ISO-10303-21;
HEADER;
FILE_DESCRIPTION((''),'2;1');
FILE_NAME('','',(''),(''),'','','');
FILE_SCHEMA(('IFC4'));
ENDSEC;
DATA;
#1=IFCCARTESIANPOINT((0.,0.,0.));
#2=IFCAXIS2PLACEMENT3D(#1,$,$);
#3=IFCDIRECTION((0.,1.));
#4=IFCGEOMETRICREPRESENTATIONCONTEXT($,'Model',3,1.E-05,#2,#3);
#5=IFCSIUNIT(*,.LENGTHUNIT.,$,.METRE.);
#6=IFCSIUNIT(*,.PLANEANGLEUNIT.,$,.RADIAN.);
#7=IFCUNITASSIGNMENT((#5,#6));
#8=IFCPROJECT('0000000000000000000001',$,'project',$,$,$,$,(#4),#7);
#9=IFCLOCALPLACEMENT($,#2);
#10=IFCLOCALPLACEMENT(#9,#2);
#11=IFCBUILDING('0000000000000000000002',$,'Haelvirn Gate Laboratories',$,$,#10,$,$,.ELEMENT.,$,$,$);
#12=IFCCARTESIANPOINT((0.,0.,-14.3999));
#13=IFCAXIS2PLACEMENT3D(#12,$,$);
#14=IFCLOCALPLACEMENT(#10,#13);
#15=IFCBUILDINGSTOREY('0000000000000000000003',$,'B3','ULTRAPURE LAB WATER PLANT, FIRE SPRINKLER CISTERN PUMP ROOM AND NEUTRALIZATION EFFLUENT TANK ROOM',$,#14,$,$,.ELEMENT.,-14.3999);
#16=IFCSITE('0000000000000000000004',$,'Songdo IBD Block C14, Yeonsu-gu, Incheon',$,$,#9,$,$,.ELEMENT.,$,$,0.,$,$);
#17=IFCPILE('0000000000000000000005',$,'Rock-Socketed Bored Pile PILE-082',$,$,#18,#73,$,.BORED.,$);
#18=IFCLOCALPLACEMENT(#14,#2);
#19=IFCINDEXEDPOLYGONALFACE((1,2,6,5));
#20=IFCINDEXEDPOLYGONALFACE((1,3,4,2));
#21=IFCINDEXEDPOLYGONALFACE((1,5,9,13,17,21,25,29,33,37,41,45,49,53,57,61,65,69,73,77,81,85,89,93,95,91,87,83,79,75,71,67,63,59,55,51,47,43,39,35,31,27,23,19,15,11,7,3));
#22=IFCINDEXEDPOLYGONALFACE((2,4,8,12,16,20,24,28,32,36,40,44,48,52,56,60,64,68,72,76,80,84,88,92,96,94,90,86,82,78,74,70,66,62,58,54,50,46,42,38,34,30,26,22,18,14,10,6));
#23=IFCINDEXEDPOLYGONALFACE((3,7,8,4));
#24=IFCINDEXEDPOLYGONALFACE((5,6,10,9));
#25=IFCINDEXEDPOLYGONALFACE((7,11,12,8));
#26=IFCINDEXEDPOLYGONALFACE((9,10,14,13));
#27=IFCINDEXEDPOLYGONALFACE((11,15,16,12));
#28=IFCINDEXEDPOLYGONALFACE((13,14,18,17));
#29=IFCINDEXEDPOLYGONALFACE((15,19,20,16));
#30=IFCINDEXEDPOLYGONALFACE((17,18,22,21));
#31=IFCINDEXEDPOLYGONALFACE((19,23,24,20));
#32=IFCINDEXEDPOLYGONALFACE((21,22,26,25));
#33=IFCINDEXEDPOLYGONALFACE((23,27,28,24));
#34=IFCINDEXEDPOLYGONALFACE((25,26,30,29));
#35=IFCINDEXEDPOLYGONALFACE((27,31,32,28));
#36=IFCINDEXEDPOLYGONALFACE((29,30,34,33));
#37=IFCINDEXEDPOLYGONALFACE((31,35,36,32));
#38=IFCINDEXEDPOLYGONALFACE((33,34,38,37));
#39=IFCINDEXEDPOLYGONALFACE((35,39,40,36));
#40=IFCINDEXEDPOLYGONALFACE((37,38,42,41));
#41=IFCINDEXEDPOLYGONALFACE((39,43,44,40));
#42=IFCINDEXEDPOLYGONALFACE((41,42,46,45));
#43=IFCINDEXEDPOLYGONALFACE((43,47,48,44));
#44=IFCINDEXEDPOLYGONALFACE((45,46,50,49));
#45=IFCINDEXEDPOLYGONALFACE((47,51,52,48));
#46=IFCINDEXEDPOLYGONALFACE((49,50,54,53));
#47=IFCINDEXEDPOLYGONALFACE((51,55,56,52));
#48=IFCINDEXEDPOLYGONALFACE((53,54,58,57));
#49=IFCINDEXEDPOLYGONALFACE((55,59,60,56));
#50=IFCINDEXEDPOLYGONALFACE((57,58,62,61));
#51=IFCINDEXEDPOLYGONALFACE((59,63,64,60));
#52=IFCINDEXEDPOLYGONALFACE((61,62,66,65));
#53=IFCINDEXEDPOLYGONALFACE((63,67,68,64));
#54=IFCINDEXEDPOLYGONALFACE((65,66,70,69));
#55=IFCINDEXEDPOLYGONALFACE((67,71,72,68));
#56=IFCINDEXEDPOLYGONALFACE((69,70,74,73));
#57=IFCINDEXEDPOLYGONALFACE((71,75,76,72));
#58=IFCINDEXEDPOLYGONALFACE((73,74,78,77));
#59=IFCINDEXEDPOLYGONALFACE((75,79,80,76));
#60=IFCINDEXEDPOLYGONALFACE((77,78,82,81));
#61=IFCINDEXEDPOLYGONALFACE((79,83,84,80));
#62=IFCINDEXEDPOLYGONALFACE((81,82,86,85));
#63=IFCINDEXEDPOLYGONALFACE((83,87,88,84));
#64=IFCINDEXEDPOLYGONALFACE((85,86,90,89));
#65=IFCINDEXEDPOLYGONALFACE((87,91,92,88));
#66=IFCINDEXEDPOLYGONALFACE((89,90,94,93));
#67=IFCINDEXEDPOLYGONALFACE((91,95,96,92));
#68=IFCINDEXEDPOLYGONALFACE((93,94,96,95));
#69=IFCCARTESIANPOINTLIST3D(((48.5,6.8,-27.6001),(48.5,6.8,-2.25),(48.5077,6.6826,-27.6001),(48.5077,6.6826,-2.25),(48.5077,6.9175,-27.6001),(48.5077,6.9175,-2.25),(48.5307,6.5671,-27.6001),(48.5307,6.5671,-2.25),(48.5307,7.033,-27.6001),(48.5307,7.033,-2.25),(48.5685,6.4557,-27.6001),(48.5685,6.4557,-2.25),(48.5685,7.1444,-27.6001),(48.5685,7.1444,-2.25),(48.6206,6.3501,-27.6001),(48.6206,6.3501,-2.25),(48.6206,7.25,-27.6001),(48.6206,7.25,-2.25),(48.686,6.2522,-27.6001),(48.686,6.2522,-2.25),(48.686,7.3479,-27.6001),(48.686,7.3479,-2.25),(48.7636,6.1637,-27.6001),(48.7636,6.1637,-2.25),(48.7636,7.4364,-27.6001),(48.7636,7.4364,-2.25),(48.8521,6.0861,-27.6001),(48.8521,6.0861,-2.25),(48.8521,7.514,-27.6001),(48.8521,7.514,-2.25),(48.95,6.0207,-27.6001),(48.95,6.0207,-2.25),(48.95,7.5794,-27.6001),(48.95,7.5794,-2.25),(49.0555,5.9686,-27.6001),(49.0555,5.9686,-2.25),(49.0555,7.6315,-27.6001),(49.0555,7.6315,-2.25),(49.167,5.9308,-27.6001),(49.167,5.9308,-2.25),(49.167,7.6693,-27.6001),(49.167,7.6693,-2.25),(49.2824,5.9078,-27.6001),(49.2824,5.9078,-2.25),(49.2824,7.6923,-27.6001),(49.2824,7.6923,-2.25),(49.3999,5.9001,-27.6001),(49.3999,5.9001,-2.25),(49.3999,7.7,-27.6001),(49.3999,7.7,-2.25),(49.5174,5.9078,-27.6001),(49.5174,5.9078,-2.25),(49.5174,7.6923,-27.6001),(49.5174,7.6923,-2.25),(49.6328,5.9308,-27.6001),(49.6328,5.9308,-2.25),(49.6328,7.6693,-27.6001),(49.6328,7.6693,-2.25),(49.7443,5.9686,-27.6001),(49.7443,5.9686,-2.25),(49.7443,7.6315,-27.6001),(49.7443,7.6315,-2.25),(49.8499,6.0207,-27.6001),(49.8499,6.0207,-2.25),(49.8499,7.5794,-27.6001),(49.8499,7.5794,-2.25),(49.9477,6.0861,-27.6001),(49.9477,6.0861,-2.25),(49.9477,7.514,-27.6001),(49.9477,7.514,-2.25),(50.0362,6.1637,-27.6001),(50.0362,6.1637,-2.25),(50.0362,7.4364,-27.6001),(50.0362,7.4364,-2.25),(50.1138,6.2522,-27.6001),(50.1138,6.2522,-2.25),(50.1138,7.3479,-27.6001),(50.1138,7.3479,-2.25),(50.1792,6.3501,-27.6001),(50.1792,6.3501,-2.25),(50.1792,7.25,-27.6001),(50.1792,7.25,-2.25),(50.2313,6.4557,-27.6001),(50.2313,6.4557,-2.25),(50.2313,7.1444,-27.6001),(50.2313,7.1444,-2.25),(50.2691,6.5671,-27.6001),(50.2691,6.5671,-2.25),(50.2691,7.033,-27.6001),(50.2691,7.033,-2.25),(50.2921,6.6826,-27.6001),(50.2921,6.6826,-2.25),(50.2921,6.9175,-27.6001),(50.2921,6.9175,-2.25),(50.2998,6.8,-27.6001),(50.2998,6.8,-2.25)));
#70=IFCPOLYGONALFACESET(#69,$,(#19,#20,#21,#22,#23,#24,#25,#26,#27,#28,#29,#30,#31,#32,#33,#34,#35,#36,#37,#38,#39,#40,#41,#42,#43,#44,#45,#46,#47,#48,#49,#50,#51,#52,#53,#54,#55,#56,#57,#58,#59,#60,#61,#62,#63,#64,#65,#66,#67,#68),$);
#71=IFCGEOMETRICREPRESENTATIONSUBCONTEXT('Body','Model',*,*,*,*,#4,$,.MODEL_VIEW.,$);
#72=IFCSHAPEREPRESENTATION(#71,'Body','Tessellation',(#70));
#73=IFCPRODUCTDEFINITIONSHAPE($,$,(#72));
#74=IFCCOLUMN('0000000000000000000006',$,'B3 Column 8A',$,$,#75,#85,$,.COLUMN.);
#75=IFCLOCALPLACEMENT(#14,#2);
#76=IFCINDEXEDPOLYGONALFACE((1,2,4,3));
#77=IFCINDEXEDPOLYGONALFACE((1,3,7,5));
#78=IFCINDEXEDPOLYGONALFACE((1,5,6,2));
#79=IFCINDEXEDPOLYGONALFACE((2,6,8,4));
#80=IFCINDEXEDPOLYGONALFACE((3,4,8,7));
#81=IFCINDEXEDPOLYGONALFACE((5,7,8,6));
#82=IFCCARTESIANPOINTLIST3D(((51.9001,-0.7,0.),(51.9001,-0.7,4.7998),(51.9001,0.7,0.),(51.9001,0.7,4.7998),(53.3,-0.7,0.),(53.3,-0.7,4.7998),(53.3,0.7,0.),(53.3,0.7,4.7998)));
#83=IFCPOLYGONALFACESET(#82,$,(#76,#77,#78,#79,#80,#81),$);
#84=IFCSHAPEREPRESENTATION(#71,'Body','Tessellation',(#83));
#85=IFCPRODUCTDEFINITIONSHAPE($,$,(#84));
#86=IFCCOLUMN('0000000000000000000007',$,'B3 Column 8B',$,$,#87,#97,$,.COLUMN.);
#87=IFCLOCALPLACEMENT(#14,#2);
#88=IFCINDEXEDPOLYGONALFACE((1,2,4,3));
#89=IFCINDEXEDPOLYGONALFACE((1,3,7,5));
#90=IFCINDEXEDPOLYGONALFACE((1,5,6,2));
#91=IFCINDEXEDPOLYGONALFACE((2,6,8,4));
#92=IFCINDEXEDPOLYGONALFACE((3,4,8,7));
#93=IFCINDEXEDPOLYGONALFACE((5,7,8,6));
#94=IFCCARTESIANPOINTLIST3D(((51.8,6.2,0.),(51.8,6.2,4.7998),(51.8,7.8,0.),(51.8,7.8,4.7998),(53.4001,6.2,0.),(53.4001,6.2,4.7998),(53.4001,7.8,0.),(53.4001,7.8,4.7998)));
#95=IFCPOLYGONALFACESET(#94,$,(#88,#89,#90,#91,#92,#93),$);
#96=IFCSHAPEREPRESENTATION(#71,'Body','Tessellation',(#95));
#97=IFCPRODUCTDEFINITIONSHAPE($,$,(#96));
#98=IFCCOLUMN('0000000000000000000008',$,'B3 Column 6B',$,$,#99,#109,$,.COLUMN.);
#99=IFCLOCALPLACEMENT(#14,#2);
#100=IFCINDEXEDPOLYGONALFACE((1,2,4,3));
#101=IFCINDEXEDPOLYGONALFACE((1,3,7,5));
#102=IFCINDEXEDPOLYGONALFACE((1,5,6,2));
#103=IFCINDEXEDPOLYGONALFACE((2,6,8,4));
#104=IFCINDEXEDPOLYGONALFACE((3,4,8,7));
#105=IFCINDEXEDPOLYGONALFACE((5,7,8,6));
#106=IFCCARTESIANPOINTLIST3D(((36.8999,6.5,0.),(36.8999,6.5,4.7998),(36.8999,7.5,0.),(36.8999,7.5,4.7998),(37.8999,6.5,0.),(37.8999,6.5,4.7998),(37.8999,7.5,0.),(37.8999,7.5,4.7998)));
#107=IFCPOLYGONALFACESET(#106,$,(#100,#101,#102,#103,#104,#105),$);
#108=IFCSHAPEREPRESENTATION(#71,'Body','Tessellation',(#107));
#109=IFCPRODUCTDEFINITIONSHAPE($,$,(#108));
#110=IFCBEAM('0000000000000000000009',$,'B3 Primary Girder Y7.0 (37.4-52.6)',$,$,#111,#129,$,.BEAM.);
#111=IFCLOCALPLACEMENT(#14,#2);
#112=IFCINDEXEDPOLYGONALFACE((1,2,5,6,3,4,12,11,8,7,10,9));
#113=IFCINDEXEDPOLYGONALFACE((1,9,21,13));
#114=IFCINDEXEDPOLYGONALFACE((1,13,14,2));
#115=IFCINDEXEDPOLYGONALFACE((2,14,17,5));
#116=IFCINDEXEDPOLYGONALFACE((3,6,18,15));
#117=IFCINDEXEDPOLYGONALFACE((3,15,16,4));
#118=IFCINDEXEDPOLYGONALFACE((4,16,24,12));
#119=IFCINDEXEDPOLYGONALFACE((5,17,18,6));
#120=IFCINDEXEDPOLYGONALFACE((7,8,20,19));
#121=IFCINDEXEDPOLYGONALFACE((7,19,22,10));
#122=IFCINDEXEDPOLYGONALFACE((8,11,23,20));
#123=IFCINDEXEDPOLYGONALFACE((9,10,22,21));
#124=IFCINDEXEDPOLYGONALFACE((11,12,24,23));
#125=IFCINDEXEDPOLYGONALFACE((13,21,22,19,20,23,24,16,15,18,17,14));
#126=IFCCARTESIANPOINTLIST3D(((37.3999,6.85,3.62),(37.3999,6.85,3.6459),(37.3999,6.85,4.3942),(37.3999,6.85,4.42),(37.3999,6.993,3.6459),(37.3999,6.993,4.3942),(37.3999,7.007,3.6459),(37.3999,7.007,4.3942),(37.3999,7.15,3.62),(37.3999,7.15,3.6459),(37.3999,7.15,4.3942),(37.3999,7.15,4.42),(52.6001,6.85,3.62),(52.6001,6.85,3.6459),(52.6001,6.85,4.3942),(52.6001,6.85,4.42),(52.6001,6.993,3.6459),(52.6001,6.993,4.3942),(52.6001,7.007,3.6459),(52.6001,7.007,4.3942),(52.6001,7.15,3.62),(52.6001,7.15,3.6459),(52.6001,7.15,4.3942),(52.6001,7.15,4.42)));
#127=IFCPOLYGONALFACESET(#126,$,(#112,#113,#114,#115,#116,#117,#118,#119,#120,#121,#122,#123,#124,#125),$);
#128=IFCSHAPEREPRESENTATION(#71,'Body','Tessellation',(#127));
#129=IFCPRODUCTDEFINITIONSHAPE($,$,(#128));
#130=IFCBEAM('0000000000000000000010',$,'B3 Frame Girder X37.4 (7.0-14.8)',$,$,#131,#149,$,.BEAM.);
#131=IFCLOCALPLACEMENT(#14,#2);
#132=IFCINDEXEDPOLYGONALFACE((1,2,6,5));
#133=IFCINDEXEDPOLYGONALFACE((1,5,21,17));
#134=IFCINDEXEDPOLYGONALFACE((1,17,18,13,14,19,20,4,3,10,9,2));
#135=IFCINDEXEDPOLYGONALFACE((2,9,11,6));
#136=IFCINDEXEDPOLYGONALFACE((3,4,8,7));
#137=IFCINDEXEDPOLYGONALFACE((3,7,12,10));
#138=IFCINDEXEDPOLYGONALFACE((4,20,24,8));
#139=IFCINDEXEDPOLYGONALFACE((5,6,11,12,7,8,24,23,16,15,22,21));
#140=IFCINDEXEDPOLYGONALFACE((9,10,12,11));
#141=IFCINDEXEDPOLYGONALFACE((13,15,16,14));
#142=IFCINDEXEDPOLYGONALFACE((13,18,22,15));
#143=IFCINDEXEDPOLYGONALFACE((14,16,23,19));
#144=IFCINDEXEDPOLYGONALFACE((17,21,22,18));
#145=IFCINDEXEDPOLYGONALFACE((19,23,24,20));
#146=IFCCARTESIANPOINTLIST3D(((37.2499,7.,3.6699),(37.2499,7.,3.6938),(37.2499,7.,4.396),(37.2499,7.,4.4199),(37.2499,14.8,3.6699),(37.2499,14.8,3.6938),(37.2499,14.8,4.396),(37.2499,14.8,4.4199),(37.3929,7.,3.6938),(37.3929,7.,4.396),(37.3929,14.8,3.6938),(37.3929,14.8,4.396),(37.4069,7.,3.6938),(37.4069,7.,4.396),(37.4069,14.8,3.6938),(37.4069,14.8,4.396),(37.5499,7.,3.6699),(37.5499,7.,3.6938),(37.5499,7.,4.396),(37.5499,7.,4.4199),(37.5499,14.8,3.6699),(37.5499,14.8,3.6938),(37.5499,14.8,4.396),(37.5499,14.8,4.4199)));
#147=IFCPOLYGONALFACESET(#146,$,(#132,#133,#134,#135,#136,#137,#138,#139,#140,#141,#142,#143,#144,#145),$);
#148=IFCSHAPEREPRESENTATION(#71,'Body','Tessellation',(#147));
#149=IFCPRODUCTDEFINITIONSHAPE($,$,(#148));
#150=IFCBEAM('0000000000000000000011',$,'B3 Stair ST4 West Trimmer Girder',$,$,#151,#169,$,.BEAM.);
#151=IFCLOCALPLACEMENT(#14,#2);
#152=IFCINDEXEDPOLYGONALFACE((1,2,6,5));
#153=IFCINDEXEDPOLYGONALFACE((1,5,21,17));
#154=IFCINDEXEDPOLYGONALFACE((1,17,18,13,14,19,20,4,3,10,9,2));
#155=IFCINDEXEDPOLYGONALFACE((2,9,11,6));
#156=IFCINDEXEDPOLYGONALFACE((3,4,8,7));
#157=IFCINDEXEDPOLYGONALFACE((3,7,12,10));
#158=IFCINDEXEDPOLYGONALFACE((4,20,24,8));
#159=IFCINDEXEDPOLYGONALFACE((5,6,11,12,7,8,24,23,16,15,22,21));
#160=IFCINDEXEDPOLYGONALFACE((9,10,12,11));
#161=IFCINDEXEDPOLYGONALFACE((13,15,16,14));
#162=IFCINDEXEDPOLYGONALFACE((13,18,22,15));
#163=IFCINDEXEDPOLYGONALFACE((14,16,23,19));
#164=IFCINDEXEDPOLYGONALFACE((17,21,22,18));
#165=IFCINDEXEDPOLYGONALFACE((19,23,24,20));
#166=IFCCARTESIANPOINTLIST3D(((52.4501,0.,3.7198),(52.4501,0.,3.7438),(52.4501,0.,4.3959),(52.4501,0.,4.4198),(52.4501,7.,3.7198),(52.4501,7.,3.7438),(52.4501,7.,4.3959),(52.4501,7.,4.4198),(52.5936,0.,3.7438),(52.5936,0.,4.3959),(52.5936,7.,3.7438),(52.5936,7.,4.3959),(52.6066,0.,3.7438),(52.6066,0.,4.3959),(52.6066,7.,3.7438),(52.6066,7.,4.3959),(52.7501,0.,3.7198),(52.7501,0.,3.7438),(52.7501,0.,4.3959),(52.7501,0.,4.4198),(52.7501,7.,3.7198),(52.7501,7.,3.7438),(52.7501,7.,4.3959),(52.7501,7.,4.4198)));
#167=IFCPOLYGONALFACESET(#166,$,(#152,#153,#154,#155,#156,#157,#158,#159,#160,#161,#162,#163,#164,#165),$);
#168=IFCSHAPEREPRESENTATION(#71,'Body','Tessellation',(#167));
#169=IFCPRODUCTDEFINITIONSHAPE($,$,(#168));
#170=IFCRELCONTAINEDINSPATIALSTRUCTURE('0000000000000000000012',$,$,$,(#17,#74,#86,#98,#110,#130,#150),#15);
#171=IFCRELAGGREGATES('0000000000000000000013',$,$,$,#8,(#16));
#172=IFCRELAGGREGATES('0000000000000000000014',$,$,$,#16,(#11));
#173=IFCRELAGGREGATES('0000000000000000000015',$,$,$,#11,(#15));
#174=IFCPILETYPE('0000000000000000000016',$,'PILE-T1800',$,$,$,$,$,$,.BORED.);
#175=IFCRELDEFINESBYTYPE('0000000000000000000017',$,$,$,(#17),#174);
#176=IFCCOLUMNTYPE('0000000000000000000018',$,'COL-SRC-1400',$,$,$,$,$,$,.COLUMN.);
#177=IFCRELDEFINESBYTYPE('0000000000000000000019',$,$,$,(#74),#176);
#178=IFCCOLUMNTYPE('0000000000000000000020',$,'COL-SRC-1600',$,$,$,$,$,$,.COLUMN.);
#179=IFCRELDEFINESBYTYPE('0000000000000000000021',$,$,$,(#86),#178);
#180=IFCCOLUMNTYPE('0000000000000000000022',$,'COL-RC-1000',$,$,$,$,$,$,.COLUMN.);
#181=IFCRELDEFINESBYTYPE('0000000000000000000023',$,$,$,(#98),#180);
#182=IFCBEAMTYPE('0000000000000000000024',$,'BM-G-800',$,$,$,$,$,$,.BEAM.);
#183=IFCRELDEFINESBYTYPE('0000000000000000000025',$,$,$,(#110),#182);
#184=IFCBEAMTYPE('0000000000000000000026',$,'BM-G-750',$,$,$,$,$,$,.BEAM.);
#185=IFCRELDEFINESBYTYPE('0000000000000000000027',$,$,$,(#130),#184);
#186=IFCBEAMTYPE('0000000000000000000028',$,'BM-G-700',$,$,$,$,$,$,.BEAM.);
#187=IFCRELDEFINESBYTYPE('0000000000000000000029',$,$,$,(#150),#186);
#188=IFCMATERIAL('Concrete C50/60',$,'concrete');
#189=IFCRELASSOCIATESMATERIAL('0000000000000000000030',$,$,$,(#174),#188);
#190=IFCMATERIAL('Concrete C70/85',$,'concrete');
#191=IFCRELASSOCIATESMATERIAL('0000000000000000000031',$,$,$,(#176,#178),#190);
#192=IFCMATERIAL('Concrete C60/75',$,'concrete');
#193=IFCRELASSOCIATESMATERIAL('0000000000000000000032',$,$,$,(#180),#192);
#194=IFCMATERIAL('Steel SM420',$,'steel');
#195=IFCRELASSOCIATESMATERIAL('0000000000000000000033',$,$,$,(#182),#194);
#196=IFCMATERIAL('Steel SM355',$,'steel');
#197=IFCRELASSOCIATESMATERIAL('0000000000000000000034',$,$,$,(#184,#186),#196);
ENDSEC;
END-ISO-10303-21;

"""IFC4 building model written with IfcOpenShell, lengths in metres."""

from ifc_helpers import new_model, si_unit, direction, frame, origin, origin_2d, place, context, subcontext, project, spatial, rectangle, circle, i_section, extrude, source, transform, mapped, material, material_profile, profile_set, type_object, type_shapes, element, save


model = new_model("IFC4")

# Units and contexts
model_context = context("Model", 3, precision=1e-05, world=origin(), true_north=direction((0.0, 1.0)))
body_context = subcontext(model_context, "Body", "Model", "MODEL_VIEW")
ifc_project = project(units=[si_unit("LENGTHUNIT", "METRE"), si_unit("PLANEANGLEUNIT", "RADIAN")], contexts=[model_context])

# Site, building, storey
site_placement = place(None, origin())
site = spatial("IfcSite", under=ifc_project, at=site_placement, Name="Songdo IBD Block C14, Yeonsu-gu, Incheon", CompositionType="ELEMENT", RefElevation=0.0)
building_placement = place(site_placement, origin())
building = spatial("IfcBuilding", under=site, at=building_placement, Name="Haelvirn Gate Laboratories", CompositionType="ELEMENT")
storey_placement = place(building_placement, frame((0.0, 0.0, -14.3999)))
storey = spatial("IfcBuildingStorey", under=building, at=storey_placement, Name="B3", Description="ULTRAPURE LAB WATER PLANT, FIRE SPRINKLER CISTERN PUMP ROOM AND NEUTRALIZATION EFFLUENT TANK ROOM", CompositionType="ELEMENT", Elevation=-14.3999)

# Pile
ifc_material_1 = material(Name="Concrete C50/60", Category="concrete")
ifc_material_profile_1 = material_profile(ifc_material_1, circle(Radius=0.8999, at=origin_2d()), Name="PILE-D1800")
ifc_profile_set_1 = profile_set([ifc_material_profile_1], Name="Concrete C50/60")
pile_type = type_object("IfcPileType", Name="PILE-T1800", PredefinedType="BORED", material=ifc_profile_set_1)
shared_shape_1 = source(origin(), body_context, "Body", "SweptSolid", [
    extrude(circle(Radius=0.8999, at=origin_2d()), origin(), (0.0, 0.0, 1.0), 25.3501),
])
for number, where, z_axis, x_axis, name in (
    (1, (49.3999, 6.8, -2.25), (0.0, 0.0, -1.0), (1.0, 0.0, 0.0), "Rock-Socketed Bored Pile PILE-082"),
):
    element("IfcPile", number, at=place(storey_placement, frame(where, z_axis=z_axis, x_axis=x_axis)), inside=storey, type_object=pile_type, Name=name, PredefinedType="BORED", context=body_context, shape_type="MappedRepresentation", body=[
        mapped(shared_shape_1, transform((0.0, 0.0, 0.0), scale=1.0)),
    ])

# Columns
ifc_material_2 = material(Name="Concrete C70/85", Category="concrete")
ifc_material_profile_2 = material_profile(ifc_material_2, rectangle(XDim=1.3999, YDim=1.3999, at=origin_2d()), Name="SRC-1400x1400")
ifc_profile_set_2 = profile_set([ifc_material_profile_2], Name="Concrete C70/85")
column_type_1 = type_object("IfcColumnType", Name="COL-SRC-1400", PredefinedType="COLUMN", material=ifc_profile_set_2)
shared_shape_2 = source(origin(), body_context, "Body", "SweptSolid", [
    extrude(rectangle(XDim=1.3999, YDim=1.3999, at=origin_2d()), origin(), (0.0, 0.0, 1.0), 4.7998),
])
type_shapes(column_type_1, [shared_shape_2])
column_1_placement = place(storey_placement, frame((52.6001, 0.0, 0.0), z_axis=(0.0, 0.0, 1.0), x_axis=(1.0, 0.0, 0.0)))
element("IfcColumn", 2, at=column_1_placement, inside=storey, type_object=column_type_1, Name="B3 Column 8A", PredefinedType="COLUMN", context=body_context, shape_type="MappedRepresentation", body=[
    mapped(shared_shape_2, transform((0.0, 0.0, 0.0), scale=1.0)),
])
ifc_material_profile_3 = material_profile(ifc_material_2, rectangle(XDim=1.6001, YDim=1.6001, at=origin_2d()), Name="SRC-1600x1600")
ifc_profile_set_3 = profile_set([ifc_material_profile_3], Name="Concrete C70/85")
column_type_2 = type_object("IfcColumnType", Name="COL-SRC-1600", PredefinedType="COLUMN", material=ifc_profile_set_3)
shared_shape_3 = source(origin(), body_context, "Body", "SweptSolid", [
    extrude(rectangle(XDim=1.6001, YDim=1.6001, at=origin_2d()), origin(), (0.0, 0.0, 1.0), 4.7998),
])
type_shapes(column_type_2, [shared_shape_3])
column_2_placement = place(storey_placement, frame((52.6001, 7.0, 0.0), z_axis=(0.0, 0.0, 1.0), x_axis=(1.0, 0.0, 0.0)))
element("IfcColumn", 3, at=column_2_placement, inside=storey, type_object=column_type_2, Name="B3 Column 8B", PredefinedType="COLUMN", context=body_context, shape_type="MappedRepresentation", body=[
    mapped(shared_shape_3, transform((0.0, 0.0, 0.0), scale=1.0)),
])
ifc_material_3 = material(Name="Concrete C60/75", Category="concrete")
ifc_material_profile_4 = material_profile(ifc_material_3, rectangle(XDim=1.0, YDim=1.0, at=origin_2d()), Name="RC-1000x1000")
ifc_profile_set_4 = profile_set([ifc_material_profile_4], Name="Concrete C60/75")
column_type_3 = type_object("IfcColumnType", Name="COL-RC-1000", PredefinedType="COLUMN", material=ifc_profile_set_4)
shared_shape_4 = source(origin(), body_context, "Body", "SweptSolid", [
    extrude(rectangle(XDim=1.0, YDim=1.0, at=origin_2d()), origin(), (0.0, 0.0, 1.0), 4.7998),
])
type_shapes(column_type_3, [shared_shape_4])
column_3_placement = place(storey_placement, frame((37.3999, 7.0, 0.0), z_axis=(0.0, 0.0, 1.0), x_axis=(1.0, 0.0, 0.0)))
element("IfcColumn", 4, at=column_3_placement, inside=storey, type_object=column_type_3, Name="B3 Column 6B", PredefinedType="COLUMN", context=body_context, shape_type="MappedRepresentation", body=[
    mapped(shared_shape_4, transform((0.0, 0.0, 0.0), scale=1.0)),
])

# Beams
ifc_material_4 = material(Name="Steel SM420", Category="steel")
ifc_material_profile_5 = material_profile(ifc_material_4, i_section(OverallWidth=0.3, OverallDepth=0.8, WebThickness=0.0139, FlangeThickness=0.0259, at=origin_2d()), Name="H-800x300x14x26")
ifc_profile_set_5 = profile_set([ifc_material_profile_5], Name="Steel SM420")
beam_type_1 = type_object("IfcBeamType", Name="BM-G-800", PredefinedType="BEAM", material=ifc_profile_set_5)
shared_shape_5 = source(origin(), body_context, "Body", "SweptSolid", [
    extrude(i_section(OverallWidth=0.3, OverallDepth=0.8, WebThickness=0.0139, FlangeThickness=0.0259, at=origin_2d()), origin(), (0.0, 0.0, 1.0), 15.2002),
])
type_shapes(beam_type_1, [shared_shape_5])
beam_1_placement = place(storey_placement, frame((37.3999, 7.0, 4.02), z_axis=(1.0, 0.0, 0.0), x_axis=(0.0, 1.0, 0.0)))
element("IfcBeam", 5, at=beam_1_placement, inside=storey, type_object=beam_type_1, Name="B3 Primary Girder Y7.0 (37.4-52.6)", PredefinedType="BEAM", context=body_context, shape_type="MappedRepresentation", body=[
    mapped(shared_shape_5, transform((0.0, 0.0, 0.0), scale=1.0)),
])
ifc_material_5 = material(Name="Steel SM355", Category="steel")
ifc_material_profile_6 = material_profile(ifc_material_5, i_section(OverallWidth=0.3, OverallDepth=0.75, WebThickness=0.0139, FlangeThickness=0.0239, at=origin_2d()), Name="H-750x300x14x24")
ifc_profile_set_6 = profile_set([ifc_material_profile_6], Name="Steel SM355")
beam_type_2 = type_object("IfcBeamType", Name="BM-G-750", PredefinedType="BEAM", material=ifc_profile_set_6)
shared_shape_6 = source(origin(), body_context, "Body", "SweptSolid", [
    extrude(i_section(OverallWidth=0.3, OverallDepth=0.75, WebThickness=0.0139, FlangeThickness=0.0239, at=origin_2d()), origin(), (0.0, 0.0, 1.0), 7.8),
])
type_shapes(beam_type_2, [shared_shape_6])
beam_2_placement = place(storey_placement, frame((37.3999, 7.0, 4.0449), z_axis=(0.0, 1.0, 0.0), x_axis=(-1.0, 0.0, 0.0)))
element("IfcBeam", 6, at=beam_2_placement, inside=storey, type_object=beam_type_2, Name="B3 Frame Girder X37.4 (7.0-14.8)", PredefinedType="BEAM", context=body_context, shape_type="MappedRepresentation", body=[
    mapped(shared_shape_6, transform((0.0, 0.0, 0.0), scale=1.0)),
])
ifc_material_profile_7 = material_profile(ifc_material_5, i_section(OverallWidth=0.3, OverallDepth=0.7, WebThickness=0.0129, FlangeThickness=0.0239, at=origin_2d()), Name="H-700x300x13x24")
ifc_profile_set_7 = profile_set([ifc_material_profile_7], Name="Steel SM355")
beam_type_3 = type_object("IfcBeamType", Name="BM-G-700", PredefinedType="BEAM", material=ifc_profile_set_7)
shared_shape_7 = source(origin(), body_context, "Body", "SweptSolid", [
    extrude(i_section(OverallWidth=0.3, OverallDepth=0.7, WebThickness=0.0129, FlangeThickness=0.0239, at=origin_2d()), origin(), (0.0, 0.0, 1.0), 7.0),
])
type_shapes(beam_type_3, [shared_shape_7])
beam_3_placement = place(storey_placement, frame((52.6001, 0.0, 4.0698), z_axis=(0.0, 1.0, 0.0), x_axis=(-1.0, 0.0, 0.0)))
element("IfcBeam", 7, at=beam_3_placement, inside=storey, type_object=beam_type_3, Name="B3 Stair ST4 West Trimmer Girder", PredefinedType="BEAM", context=body_context, shape_type="MappedRepresentation", body=[
    mapped(shared_shape_7, transform((0.0, 0.0, 0.0), scale=1.0)),
])

save(model, "model.ifc")
